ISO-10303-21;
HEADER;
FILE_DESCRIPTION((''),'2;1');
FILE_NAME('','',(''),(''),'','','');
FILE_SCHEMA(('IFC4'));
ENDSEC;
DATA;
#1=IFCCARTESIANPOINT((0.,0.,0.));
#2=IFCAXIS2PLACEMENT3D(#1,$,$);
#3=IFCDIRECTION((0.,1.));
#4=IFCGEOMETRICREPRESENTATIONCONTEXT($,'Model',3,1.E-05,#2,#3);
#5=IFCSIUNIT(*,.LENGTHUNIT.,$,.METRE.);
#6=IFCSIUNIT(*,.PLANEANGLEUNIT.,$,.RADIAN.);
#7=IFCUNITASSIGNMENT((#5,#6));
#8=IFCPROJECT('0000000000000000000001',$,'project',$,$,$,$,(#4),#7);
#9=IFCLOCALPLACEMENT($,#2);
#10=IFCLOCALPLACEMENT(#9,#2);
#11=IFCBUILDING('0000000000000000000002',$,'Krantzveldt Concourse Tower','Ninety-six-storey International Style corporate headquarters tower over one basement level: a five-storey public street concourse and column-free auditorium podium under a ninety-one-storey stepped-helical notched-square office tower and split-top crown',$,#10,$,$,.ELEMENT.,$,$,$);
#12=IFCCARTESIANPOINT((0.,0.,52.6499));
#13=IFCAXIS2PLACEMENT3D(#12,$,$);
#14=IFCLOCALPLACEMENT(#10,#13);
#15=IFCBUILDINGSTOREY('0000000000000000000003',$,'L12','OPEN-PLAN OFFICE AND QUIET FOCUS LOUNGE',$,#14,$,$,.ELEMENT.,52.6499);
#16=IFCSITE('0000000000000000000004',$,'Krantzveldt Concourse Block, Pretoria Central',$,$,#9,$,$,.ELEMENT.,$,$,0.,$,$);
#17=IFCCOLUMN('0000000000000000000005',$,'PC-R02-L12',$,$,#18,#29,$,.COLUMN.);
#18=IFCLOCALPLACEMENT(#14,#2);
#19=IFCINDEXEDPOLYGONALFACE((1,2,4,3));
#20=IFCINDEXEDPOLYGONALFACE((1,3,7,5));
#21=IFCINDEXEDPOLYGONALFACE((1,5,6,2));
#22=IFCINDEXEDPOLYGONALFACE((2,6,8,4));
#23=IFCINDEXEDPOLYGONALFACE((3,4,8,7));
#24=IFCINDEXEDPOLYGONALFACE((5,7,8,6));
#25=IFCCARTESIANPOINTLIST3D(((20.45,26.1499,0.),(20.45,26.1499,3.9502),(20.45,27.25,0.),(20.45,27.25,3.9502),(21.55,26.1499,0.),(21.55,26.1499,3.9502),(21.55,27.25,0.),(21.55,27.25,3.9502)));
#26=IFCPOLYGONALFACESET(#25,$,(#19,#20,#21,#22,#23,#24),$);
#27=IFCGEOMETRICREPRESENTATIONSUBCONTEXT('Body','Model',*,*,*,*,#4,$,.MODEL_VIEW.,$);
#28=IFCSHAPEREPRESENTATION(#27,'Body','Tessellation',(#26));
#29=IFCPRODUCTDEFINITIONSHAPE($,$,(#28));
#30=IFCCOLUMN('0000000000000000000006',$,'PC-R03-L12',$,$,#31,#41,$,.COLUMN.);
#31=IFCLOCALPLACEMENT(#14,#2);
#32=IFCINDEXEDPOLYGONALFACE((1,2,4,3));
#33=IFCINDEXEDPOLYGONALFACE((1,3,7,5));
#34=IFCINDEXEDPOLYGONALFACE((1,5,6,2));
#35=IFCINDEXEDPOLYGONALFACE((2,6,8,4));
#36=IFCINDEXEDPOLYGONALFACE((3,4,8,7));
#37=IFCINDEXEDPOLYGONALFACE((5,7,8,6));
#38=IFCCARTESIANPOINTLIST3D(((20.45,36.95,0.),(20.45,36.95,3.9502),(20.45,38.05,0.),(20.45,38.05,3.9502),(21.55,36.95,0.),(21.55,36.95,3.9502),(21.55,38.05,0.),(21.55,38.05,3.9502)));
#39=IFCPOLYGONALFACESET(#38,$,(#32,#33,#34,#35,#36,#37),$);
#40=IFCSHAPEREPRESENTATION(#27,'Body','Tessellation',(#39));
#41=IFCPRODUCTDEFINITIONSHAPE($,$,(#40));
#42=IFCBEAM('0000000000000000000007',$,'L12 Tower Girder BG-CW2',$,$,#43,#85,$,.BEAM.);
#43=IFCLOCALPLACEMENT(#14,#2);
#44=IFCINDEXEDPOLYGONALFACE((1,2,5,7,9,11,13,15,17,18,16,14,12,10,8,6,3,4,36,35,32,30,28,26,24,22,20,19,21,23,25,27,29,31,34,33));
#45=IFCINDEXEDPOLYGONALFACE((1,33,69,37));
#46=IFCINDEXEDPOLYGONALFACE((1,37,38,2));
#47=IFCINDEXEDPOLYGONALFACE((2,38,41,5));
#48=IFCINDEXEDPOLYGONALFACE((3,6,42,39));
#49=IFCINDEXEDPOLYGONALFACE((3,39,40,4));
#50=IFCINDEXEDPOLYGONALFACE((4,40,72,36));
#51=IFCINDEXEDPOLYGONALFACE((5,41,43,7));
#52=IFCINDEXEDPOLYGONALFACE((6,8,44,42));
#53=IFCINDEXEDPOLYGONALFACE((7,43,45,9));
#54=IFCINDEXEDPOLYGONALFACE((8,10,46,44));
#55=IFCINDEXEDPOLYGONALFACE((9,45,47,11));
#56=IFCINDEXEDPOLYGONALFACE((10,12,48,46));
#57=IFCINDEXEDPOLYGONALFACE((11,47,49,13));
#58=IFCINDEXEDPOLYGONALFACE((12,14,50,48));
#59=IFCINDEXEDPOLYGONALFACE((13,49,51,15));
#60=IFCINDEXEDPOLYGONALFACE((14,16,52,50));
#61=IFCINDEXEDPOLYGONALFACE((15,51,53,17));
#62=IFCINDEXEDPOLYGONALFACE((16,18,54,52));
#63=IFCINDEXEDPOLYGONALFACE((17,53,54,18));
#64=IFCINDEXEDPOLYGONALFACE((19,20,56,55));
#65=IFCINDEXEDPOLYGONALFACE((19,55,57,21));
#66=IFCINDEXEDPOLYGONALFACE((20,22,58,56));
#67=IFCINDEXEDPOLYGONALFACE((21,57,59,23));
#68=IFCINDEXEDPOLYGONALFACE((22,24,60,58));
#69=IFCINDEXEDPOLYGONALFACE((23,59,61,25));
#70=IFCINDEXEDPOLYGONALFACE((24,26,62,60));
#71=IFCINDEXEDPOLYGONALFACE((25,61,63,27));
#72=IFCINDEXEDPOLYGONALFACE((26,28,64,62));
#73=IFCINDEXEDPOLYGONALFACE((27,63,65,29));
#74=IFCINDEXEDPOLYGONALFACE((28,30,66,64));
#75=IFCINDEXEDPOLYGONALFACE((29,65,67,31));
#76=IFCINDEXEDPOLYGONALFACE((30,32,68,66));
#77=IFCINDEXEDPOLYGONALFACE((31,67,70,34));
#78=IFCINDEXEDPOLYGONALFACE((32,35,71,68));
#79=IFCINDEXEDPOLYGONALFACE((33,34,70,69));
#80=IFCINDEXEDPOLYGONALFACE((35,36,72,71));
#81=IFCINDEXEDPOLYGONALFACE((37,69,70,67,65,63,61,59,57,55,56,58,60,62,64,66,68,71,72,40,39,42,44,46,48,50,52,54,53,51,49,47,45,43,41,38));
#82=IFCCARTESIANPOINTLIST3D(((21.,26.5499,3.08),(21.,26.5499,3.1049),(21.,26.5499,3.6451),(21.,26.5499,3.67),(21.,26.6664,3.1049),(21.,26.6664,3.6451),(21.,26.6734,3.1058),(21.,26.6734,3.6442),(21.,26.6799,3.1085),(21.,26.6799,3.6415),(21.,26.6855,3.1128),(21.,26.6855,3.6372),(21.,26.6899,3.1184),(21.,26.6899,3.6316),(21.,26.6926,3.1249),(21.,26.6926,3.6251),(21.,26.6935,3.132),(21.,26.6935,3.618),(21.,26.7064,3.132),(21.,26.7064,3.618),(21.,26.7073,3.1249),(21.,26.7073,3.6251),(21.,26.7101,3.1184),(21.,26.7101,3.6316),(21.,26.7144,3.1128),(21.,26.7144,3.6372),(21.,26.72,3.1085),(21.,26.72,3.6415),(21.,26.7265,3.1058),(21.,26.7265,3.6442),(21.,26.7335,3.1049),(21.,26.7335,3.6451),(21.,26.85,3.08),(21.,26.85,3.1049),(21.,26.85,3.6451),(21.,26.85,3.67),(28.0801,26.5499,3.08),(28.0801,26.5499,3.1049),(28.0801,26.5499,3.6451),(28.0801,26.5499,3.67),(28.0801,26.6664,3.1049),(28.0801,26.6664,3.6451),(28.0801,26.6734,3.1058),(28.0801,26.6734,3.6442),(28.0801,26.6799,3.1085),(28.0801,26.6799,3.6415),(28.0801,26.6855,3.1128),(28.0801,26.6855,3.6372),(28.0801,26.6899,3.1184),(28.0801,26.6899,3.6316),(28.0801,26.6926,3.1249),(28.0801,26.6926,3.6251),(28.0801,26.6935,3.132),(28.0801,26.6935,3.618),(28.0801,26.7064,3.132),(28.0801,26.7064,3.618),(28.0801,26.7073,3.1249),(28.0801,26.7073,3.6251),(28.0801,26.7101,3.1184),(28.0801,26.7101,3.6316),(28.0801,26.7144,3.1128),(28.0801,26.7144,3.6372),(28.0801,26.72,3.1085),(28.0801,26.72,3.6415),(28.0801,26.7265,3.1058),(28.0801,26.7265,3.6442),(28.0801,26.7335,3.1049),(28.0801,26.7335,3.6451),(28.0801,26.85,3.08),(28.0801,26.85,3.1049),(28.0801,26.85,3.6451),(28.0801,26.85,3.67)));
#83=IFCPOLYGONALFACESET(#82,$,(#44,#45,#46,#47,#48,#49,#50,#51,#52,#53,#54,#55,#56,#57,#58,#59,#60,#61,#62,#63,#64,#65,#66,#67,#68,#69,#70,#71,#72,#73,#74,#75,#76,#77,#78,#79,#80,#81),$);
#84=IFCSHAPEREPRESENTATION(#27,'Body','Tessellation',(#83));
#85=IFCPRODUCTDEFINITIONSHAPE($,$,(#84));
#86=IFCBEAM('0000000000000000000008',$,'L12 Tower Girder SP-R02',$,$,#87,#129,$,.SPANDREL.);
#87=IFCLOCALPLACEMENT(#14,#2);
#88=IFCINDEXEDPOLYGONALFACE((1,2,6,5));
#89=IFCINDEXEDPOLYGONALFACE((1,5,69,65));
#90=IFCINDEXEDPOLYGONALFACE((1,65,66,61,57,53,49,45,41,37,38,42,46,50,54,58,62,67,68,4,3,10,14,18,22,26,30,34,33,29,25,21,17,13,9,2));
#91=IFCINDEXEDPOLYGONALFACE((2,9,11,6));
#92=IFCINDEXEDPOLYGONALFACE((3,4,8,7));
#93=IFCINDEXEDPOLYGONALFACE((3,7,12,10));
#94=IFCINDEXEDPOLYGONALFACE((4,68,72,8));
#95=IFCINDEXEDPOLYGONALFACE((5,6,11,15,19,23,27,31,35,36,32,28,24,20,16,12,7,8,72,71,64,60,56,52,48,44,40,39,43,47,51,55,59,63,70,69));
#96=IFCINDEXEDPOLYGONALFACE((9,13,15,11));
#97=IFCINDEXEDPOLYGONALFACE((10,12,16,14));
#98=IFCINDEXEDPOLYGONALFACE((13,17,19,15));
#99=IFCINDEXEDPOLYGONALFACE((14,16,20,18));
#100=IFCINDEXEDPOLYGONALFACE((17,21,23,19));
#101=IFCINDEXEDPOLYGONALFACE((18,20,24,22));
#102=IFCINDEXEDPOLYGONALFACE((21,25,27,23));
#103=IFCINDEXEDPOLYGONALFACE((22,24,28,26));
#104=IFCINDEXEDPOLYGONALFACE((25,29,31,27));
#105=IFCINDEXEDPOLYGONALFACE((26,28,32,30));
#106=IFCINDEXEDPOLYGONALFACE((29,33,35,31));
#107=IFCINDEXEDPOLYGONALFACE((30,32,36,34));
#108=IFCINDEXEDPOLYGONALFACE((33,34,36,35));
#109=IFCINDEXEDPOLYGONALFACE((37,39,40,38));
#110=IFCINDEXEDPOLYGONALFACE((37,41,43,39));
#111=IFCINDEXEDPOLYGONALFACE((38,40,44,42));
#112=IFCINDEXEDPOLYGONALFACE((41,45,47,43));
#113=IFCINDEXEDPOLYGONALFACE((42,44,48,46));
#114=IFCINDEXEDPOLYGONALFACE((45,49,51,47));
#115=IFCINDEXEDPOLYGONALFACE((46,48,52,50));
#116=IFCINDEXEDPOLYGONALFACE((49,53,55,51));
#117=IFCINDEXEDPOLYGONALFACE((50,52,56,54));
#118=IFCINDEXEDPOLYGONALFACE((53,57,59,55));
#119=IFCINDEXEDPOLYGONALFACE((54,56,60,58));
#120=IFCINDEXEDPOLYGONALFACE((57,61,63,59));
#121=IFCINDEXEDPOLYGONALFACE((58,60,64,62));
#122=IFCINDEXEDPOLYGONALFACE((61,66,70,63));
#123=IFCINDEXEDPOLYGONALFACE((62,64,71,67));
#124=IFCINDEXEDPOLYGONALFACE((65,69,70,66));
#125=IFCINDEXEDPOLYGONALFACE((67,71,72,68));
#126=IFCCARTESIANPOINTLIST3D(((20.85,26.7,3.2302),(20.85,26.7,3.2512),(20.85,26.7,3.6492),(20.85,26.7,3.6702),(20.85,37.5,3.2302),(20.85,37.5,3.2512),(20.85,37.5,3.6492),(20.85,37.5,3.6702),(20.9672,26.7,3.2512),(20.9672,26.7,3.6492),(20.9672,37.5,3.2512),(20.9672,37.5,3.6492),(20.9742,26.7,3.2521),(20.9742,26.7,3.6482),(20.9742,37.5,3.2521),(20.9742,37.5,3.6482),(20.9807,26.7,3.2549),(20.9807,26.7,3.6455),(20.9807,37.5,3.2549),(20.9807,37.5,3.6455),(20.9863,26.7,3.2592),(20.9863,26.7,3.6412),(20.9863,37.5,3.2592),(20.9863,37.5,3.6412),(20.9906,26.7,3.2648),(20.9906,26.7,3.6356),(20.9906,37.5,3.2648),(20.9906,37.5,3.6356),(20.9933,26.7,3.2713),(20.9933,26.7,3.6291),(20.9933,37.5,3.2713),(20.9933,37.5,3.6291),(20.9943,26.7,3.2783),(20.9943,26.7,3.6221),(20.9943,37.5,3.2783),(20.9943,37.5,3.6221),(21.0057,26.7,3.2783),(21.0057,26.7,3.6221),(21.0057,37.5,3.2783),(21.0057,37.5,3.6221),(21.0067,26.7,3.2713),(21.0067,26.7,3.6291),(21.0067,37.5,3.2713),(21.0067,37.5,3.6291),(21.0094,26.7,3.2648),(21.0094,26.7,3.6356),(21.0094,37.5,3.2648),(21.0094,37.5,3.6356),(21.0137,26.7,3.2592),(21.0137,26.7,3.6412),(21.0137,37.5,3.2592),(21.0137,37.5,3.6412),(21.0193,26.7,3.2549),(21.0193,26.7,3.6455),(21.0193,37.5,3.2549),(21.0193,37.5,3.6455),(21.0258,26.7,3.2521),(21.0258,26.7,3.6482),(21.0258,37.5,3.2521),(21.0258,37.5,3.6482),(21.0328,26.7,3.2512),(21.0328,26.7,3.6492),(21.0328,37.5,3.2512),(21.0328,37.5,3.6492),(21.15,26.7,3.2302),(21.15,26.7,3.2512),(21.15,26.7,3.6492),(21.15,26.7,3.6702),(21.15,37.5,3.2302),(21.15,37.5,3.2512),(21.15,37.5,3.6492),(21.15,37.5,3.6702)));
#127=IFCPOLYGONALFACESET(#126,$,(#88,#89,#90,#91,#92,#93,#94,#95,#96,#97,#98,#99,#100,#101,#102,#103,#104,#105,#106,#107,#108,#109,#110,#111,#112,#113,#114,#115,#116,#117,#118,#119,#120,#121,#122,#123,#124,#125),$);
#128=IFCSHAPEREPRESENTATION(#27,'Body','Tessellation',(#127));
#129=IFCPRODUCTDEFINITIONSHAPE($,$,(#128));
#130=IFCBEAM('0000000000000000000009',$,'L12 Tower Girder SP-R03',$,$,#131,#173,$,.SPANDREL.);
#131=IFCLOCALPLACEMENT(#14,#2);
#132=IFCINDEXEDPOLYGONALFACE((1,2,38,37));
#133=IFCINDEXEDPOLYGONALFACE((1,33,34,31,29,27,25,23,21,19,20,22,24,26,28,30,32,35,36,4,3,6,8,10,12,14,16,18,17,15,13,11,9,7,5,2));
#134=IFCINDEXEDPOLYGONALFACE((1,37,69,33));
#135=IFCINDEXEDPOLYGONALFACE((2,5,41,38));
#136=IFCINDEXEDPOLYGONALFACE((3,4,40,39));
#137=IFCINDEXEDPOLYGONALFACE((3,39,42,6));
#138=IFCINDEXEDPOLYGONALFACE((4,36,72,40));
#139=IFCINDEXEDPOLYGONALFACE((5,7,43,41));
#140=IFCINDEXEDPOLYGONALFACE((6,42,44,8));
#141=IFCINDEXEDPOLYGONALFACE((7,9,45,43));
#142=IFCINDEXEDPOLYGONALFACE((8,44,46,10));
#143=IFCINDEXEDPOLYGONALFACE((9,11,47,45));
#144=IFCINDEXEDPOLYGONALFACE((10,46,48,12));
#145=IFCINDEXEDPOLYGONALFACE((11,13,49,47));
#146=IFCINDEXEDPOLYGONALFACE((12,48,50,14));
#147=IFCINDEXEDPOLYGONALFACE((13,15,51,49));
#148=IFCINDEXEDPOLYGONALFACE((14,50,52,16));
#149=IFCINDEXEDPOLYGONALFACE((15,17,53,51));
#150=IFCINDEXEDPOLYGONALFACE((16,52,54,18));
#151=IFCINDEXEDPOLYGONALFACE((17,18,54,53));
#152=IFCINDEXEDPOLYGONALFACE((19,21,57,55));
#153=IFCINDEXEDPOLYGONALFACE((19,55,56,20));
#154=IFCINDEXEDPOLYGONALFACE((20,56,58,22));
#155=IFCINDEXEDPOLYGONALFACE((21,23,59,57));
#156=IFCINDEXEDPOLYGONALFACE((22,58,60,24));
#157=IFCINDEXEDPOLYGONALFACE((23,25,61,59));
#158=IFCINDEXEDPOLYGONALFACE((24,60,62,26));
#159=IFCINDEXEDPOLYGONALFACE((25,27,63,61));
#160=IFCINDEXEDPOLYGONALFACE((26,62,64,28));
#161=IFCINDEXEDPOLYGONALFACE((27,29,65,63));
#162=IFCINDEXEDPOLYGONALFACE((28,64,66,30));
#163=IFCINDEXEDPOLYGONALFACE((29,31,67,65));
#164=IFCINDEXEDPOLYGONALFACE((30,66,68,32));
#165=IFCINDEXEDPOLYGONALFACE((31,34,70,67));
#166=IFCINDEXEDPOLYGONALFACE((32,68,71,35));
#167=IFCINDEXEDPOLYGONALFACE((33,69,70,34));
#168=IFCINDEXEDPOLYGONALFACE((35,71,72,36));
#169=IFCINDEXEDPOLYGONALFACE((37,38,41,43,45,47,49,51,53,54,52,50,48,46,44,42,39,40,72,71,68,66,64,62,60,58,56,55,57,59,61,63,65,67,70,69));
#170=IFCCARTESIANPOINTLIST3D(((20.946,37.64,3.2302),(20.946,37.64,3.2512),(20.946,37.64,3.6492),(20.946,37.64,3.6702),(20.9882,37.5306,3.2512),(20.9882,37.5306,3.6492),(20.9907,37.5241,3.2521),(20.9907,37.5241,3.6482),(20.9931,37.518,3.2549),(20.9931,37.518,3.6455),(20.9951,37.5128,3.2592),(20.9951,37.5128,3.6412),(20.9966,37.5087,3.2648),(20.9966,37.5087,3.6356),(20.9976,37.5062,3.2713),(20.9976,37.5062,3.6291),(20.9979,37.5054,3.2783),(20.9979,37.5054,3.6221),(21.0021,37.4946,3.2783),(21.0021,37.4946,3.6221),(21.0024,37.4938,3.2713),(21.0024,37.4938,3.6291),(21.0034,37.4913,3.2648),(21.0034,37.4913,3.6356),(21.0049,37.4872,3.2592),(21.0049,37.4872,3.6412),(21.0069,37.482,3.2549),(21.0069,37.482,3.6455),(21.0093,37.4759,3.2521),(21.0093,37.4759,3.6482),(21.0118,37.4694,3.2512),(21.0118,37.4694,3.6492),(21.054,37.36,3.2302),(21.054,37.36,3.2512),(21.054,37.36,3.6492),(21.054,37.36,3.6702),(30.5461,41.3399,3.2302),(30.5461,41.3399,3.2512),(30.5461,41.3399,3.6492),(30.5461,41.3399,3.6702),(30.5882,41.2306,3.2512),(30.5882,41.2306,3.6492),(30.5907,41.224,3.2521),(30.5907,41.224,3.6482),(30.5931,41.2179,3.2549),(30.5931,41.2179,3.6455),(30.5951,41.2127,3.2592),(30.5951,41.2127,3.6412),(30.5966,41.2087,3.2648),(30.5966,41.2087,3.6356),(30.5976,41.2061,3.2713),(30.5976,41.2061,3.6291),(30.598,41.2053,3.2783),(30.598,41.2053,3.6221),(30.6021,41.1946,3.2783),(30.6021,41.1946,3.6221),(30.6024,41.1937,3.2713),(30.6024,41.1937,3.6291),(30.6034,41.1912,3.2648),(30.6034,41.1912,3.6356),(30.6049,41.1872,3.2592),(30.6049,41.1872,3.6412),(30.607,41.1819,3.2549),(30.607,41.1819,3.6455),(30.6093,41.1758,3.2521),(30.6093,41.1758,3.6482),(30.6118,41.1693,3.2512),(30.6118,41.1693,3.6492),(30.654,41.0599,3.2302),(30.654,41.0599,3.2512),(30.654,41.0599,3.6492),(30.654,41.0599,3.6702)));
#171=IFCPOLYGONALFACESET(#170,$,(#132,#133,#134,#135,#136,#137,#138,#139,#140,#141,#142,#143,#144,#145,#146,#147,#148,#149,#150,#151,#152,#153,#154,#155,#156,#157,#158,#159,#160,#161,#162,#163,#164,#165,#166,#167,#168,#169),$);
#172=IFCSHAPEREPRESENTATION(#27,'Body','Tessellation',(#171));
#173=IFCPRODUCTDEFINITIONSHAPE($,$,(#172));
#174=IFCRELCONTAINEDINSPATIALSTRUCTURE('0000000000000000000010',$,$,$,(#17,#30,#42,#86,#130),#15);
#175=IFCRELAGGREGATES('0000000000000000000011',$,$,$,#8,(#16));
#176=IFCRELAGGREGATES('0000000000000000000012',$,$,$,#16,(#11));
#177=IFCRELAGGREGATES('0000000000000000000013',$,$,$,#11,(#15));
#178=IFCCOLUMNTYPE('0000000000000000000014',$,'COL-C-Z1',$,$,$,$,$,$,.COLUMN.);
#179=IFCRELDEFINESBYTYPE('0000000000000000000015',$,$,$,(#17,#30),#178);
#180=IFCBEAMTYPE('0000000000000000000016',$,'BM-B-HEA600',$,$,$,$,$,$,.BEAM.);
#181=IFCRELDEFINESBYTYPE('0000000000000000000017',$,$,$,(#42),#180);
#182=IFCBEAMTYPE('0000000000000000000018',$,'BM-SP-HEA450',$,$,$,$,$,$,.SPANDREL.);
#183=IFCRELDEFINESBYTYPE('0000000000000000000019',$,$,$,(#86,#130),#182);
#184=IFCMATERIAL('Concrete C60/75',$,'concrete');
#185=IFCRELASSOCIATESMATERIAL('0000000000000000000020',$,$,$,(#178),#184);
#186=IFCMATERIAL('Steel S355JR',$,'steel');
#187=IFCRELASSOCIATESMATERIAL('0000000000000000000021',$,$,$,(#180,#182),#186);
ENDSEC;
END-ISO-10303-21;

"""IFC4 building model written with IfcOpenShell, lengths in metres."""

from ifc_helpers import new_model, si_unit, direction, frame, origin, origin_2d, place, context, subcontext, project, spatial, rectangle, i_section, extrude, source, transform, mapped, material, material_profile, profile_set, type_object, type_shapes, element, save


model = new_model("IFC4")

# Units and contexts
model_context = context("Model", 3, precision=1e-05, world=origin(), true_north=direction((0.0, 1.0)))
body_context = subcontext(model_context, "Body", "Model", "MODEL_VIEW")
ifc_project = project(units=[si_unit("LENGTHUNIT", "METRE"), si_unit("PLANEANGLEUNIT", "RADIAN")], contexts=[model_context])

# Site, building, storey
site_placement = place(None, origin())
site = spatial("IfcSite", under=ifc_project, at=site_placement, Name="Krantzveldt Concourse Block, Pretoria Central", CompositionType="ELEMENT", RefElevation=0.0)
building_placement = place(site_placement, origin())
building = spatial("IfcBuilding", under=site, at=building_placement, Name="Krantzveldt Concourse Tower", Description="Ninety-six-storey International Style corporate headquarters tower over one basement level: a five-storey public street concourse and column-free auditorium podium under a ninety-one-storey stepped-helical notched-square office tower and split-top crown", CompositionType="ELEMENT")
storey_placement = place(building_placement, frame((0.0, 0.0, 52.6499)))
storey = spatial("IfcBuildingStorey", under=building, at=storey_placement, Name="L12", Description="OPEN-PLAN OFFICE AND QUIET FOCUS LOUNGE", CompositionType="ELEMENT", Elevation=52.6499)

# Columns
ifc_material_1 = material(Name="Concrete C60/75", Category="concrete")
ifc_material_profile_1 = material_profile(ifc_material_1, rectangle(XDim=1.1001, YDim=1.1001, at=origin_2d()), Name="Concrete C60/75", Category="concrete")
ifc_profile_set_1 = profile_set([ifc_material_profile_1], Name="Concrete C60/75 - RC 1100x1100")
column_type = type_object("IfcColumnType", Name="COL-C-Z1", PredefinedType="COLUMN", material=ifc_profile_set_1)
shared_shape_1 = source(origin(), body_context, "Body", "SweptSolid", [
    extrude(rectangle(XDim=1.1001, YDim=1.1001, at=origin_2d()), origin(), (0.0, 0.0, 1.0), 3.9502),
])
type_shapes(column_type, [shared_shape_1])
for number, where, z_axis, x_axis, name in (
    (1, (21.0, 26.7, 0.0), (0.0, 0.0, 1.0), (1.0, 0.0, 0.0), "PC-R02-L12"),
    (2, (21.0, 37.5, 0.0), (0.0, 0.0, 1.0), (1.0, 0.0, 0.0), "PC-R03-L12"),
):
    element("IfcColumn", number, at=place(storey_placement, frame(where, z_axis=z_axis, x_axis=x_axis)), inside=storey, type_object=column_type, Name=name, PredefinedType="COLUMN", context=body_context, shape_type="MappedRepresentation", body=[
        mapped(shared_shape_1, transform((0.0, 0.0, 0.0), x_axis=(1.0, 0.0, 0.0), y_axis=(0.0, 1.0, 0.0), z_axis=(0.0, 0.0, 1.0), scale=1.0)),
    ])

# Beams
ifc_material_2 = material(Name="Steel S355JR", Category="steel")
ifc_material_profile_2 = material_profile(ifc_material_2, i_section(OverallWidth=0.3, OverallDepth=0.5901, WebThickness=0.0129, FlangeThickness=0.0249, FilletRadius=0.0271, at=origin_2d()), Name="Steel S355JR", Category="steel")
ifc_profile_set_2 = profile_set([ifc_material_profile_2], Name="Steel S355JR - HEA 600")
beam_type_1 = type_object("IfcBeamType", Name="BM-B-HEA600", PredefinedType="BEAM", material=ifc_profile_set_2)
shared_shape_2 = source(origin(), body_context, "Body", "SweptSolid", [
    extrude(i_section(OverallWidth=0.3, OverallDepth=0.5901, WebThickness=0.0129, FlangeThickness=0.0249, FilletRadius=0.0271, at=origin_2d()), origin(), (0.0, 0.0, 1.0), 7.0801),
])
type_shapes(beam_type_1, [shared_shape_2])
beam_1_placement = place(storey_placement, frame((21.0, 26.7, 3.375), z_axis=(1.0, 0.0, 0.0), x_axis=(0.0, 1.0, 0.0)))
element("IfcBeam", 3, at=beam_1_placement, inside=storey, type_object=beam_type_1, Name="L12 Tower Girder BG-CW2", PredefinedType="BEAM", context=body_context, shape_type="MappedRepresentation", body=[
    mapped(shared_shape_2, transform((0.0, 0.0, 0.0), x_axis=(1.0, 0.0, 0.0), y_axis=(0.0, 1.0, 0.0), z_axis=(0.0, 0.0, 1.0), scale=1.0)),
])
ifc_material_profile_3 = material_profile(ifc_material_2, i_section(OverallWidth=0.3, OverallDepth=0.4399, WebThickness=0.0115, FlangeThickness=0.021, FilletRadius=0.0271, at=origin_2d()), Name="Steel S355JR", Category="steel")
ifc_profile_set_3 = profile_set([ifc_material_profile_3], Name="Steel S355JR - HEA 450")
beam_type_2 = type_object("IfcBeamType", Name="BM-SP-HEA450", PredefinedType="SPANDREL", material=ifc_profile_set_3)
shared_shape_3 = source(origin(), body_context, "Body", "SweptSolid", [
    extrude(i_section(OverallWidth=0.3, OverallDepth=0.4399, WebThickness=0.0115, FlangeThickness=0.021, FilletRadius=0.0271, at=origin_2d()), origin(), (0.0, 0.0, 1.0), 10.8),
])
beam_2_placement = place(storey_placement, frame((21.0, 26.7, 3.4502), z_axis=(0.0, 1.0, 0.0), x_axis=(-1.0, 0.0, 0.0)))
element("IfcBeam", 4, at=beam_2_placement, inside=storey, type_object=beam_type_2, Name="L12 Tower Girder SP-R02", PredefinedType="SPANDREL", context=body_context, shape_type="MappedRepresentation", body=[
    mapped(shared_shape_3, transform((0.0, 0.0, 0.0), x_axis=(1.0, 0.0, 0.0), y_axis=(0.0, 1.0, 0.0), z_axis=(0.0, 0.0, 1.0), scale=1.0)),
])
shared_shape_4 = source(origin(), body_context, "Body", "SweptSolid", [
    extrude(i_section(OverallWidth=0.3, OverallDepth=0.4399, WebThickness=0.0115, FlangeThickness=0.021, FilletRadius=0.0271, at=origin_2d()), origin(), (0.0, 0.0, 1.0), 10.2883),
])
type_shapes(beam_type_2, [shared_shape_3, shared_shape_4])
beam_3_placement = place(storey_placement, frame((21.0, 37.5, 3.4502), z_axis=(0.933098, 0.359623, 0.0), x_axis=(-0.359623, 0.933098, 0.0)))
element("IfcBeam", 5, at=beam_3_placement, inside=storey, type_object=beam_type_2, Name="L12 Tower Girder SP-R03", PredefinedType="SPANDREL", context=body_context, shape_type="MappedRepresentation", body=[
    mapped(shared_shape_4, transform((0.0, 0.0, 0.0), x_axis=(1.0, 0.0, 0.0), y_axis=(0.0, 1.0, 0.0), z_axis=(0.0, 0.0, 1.0), scale=1.0)),
])

save(model, "model.ifc")
